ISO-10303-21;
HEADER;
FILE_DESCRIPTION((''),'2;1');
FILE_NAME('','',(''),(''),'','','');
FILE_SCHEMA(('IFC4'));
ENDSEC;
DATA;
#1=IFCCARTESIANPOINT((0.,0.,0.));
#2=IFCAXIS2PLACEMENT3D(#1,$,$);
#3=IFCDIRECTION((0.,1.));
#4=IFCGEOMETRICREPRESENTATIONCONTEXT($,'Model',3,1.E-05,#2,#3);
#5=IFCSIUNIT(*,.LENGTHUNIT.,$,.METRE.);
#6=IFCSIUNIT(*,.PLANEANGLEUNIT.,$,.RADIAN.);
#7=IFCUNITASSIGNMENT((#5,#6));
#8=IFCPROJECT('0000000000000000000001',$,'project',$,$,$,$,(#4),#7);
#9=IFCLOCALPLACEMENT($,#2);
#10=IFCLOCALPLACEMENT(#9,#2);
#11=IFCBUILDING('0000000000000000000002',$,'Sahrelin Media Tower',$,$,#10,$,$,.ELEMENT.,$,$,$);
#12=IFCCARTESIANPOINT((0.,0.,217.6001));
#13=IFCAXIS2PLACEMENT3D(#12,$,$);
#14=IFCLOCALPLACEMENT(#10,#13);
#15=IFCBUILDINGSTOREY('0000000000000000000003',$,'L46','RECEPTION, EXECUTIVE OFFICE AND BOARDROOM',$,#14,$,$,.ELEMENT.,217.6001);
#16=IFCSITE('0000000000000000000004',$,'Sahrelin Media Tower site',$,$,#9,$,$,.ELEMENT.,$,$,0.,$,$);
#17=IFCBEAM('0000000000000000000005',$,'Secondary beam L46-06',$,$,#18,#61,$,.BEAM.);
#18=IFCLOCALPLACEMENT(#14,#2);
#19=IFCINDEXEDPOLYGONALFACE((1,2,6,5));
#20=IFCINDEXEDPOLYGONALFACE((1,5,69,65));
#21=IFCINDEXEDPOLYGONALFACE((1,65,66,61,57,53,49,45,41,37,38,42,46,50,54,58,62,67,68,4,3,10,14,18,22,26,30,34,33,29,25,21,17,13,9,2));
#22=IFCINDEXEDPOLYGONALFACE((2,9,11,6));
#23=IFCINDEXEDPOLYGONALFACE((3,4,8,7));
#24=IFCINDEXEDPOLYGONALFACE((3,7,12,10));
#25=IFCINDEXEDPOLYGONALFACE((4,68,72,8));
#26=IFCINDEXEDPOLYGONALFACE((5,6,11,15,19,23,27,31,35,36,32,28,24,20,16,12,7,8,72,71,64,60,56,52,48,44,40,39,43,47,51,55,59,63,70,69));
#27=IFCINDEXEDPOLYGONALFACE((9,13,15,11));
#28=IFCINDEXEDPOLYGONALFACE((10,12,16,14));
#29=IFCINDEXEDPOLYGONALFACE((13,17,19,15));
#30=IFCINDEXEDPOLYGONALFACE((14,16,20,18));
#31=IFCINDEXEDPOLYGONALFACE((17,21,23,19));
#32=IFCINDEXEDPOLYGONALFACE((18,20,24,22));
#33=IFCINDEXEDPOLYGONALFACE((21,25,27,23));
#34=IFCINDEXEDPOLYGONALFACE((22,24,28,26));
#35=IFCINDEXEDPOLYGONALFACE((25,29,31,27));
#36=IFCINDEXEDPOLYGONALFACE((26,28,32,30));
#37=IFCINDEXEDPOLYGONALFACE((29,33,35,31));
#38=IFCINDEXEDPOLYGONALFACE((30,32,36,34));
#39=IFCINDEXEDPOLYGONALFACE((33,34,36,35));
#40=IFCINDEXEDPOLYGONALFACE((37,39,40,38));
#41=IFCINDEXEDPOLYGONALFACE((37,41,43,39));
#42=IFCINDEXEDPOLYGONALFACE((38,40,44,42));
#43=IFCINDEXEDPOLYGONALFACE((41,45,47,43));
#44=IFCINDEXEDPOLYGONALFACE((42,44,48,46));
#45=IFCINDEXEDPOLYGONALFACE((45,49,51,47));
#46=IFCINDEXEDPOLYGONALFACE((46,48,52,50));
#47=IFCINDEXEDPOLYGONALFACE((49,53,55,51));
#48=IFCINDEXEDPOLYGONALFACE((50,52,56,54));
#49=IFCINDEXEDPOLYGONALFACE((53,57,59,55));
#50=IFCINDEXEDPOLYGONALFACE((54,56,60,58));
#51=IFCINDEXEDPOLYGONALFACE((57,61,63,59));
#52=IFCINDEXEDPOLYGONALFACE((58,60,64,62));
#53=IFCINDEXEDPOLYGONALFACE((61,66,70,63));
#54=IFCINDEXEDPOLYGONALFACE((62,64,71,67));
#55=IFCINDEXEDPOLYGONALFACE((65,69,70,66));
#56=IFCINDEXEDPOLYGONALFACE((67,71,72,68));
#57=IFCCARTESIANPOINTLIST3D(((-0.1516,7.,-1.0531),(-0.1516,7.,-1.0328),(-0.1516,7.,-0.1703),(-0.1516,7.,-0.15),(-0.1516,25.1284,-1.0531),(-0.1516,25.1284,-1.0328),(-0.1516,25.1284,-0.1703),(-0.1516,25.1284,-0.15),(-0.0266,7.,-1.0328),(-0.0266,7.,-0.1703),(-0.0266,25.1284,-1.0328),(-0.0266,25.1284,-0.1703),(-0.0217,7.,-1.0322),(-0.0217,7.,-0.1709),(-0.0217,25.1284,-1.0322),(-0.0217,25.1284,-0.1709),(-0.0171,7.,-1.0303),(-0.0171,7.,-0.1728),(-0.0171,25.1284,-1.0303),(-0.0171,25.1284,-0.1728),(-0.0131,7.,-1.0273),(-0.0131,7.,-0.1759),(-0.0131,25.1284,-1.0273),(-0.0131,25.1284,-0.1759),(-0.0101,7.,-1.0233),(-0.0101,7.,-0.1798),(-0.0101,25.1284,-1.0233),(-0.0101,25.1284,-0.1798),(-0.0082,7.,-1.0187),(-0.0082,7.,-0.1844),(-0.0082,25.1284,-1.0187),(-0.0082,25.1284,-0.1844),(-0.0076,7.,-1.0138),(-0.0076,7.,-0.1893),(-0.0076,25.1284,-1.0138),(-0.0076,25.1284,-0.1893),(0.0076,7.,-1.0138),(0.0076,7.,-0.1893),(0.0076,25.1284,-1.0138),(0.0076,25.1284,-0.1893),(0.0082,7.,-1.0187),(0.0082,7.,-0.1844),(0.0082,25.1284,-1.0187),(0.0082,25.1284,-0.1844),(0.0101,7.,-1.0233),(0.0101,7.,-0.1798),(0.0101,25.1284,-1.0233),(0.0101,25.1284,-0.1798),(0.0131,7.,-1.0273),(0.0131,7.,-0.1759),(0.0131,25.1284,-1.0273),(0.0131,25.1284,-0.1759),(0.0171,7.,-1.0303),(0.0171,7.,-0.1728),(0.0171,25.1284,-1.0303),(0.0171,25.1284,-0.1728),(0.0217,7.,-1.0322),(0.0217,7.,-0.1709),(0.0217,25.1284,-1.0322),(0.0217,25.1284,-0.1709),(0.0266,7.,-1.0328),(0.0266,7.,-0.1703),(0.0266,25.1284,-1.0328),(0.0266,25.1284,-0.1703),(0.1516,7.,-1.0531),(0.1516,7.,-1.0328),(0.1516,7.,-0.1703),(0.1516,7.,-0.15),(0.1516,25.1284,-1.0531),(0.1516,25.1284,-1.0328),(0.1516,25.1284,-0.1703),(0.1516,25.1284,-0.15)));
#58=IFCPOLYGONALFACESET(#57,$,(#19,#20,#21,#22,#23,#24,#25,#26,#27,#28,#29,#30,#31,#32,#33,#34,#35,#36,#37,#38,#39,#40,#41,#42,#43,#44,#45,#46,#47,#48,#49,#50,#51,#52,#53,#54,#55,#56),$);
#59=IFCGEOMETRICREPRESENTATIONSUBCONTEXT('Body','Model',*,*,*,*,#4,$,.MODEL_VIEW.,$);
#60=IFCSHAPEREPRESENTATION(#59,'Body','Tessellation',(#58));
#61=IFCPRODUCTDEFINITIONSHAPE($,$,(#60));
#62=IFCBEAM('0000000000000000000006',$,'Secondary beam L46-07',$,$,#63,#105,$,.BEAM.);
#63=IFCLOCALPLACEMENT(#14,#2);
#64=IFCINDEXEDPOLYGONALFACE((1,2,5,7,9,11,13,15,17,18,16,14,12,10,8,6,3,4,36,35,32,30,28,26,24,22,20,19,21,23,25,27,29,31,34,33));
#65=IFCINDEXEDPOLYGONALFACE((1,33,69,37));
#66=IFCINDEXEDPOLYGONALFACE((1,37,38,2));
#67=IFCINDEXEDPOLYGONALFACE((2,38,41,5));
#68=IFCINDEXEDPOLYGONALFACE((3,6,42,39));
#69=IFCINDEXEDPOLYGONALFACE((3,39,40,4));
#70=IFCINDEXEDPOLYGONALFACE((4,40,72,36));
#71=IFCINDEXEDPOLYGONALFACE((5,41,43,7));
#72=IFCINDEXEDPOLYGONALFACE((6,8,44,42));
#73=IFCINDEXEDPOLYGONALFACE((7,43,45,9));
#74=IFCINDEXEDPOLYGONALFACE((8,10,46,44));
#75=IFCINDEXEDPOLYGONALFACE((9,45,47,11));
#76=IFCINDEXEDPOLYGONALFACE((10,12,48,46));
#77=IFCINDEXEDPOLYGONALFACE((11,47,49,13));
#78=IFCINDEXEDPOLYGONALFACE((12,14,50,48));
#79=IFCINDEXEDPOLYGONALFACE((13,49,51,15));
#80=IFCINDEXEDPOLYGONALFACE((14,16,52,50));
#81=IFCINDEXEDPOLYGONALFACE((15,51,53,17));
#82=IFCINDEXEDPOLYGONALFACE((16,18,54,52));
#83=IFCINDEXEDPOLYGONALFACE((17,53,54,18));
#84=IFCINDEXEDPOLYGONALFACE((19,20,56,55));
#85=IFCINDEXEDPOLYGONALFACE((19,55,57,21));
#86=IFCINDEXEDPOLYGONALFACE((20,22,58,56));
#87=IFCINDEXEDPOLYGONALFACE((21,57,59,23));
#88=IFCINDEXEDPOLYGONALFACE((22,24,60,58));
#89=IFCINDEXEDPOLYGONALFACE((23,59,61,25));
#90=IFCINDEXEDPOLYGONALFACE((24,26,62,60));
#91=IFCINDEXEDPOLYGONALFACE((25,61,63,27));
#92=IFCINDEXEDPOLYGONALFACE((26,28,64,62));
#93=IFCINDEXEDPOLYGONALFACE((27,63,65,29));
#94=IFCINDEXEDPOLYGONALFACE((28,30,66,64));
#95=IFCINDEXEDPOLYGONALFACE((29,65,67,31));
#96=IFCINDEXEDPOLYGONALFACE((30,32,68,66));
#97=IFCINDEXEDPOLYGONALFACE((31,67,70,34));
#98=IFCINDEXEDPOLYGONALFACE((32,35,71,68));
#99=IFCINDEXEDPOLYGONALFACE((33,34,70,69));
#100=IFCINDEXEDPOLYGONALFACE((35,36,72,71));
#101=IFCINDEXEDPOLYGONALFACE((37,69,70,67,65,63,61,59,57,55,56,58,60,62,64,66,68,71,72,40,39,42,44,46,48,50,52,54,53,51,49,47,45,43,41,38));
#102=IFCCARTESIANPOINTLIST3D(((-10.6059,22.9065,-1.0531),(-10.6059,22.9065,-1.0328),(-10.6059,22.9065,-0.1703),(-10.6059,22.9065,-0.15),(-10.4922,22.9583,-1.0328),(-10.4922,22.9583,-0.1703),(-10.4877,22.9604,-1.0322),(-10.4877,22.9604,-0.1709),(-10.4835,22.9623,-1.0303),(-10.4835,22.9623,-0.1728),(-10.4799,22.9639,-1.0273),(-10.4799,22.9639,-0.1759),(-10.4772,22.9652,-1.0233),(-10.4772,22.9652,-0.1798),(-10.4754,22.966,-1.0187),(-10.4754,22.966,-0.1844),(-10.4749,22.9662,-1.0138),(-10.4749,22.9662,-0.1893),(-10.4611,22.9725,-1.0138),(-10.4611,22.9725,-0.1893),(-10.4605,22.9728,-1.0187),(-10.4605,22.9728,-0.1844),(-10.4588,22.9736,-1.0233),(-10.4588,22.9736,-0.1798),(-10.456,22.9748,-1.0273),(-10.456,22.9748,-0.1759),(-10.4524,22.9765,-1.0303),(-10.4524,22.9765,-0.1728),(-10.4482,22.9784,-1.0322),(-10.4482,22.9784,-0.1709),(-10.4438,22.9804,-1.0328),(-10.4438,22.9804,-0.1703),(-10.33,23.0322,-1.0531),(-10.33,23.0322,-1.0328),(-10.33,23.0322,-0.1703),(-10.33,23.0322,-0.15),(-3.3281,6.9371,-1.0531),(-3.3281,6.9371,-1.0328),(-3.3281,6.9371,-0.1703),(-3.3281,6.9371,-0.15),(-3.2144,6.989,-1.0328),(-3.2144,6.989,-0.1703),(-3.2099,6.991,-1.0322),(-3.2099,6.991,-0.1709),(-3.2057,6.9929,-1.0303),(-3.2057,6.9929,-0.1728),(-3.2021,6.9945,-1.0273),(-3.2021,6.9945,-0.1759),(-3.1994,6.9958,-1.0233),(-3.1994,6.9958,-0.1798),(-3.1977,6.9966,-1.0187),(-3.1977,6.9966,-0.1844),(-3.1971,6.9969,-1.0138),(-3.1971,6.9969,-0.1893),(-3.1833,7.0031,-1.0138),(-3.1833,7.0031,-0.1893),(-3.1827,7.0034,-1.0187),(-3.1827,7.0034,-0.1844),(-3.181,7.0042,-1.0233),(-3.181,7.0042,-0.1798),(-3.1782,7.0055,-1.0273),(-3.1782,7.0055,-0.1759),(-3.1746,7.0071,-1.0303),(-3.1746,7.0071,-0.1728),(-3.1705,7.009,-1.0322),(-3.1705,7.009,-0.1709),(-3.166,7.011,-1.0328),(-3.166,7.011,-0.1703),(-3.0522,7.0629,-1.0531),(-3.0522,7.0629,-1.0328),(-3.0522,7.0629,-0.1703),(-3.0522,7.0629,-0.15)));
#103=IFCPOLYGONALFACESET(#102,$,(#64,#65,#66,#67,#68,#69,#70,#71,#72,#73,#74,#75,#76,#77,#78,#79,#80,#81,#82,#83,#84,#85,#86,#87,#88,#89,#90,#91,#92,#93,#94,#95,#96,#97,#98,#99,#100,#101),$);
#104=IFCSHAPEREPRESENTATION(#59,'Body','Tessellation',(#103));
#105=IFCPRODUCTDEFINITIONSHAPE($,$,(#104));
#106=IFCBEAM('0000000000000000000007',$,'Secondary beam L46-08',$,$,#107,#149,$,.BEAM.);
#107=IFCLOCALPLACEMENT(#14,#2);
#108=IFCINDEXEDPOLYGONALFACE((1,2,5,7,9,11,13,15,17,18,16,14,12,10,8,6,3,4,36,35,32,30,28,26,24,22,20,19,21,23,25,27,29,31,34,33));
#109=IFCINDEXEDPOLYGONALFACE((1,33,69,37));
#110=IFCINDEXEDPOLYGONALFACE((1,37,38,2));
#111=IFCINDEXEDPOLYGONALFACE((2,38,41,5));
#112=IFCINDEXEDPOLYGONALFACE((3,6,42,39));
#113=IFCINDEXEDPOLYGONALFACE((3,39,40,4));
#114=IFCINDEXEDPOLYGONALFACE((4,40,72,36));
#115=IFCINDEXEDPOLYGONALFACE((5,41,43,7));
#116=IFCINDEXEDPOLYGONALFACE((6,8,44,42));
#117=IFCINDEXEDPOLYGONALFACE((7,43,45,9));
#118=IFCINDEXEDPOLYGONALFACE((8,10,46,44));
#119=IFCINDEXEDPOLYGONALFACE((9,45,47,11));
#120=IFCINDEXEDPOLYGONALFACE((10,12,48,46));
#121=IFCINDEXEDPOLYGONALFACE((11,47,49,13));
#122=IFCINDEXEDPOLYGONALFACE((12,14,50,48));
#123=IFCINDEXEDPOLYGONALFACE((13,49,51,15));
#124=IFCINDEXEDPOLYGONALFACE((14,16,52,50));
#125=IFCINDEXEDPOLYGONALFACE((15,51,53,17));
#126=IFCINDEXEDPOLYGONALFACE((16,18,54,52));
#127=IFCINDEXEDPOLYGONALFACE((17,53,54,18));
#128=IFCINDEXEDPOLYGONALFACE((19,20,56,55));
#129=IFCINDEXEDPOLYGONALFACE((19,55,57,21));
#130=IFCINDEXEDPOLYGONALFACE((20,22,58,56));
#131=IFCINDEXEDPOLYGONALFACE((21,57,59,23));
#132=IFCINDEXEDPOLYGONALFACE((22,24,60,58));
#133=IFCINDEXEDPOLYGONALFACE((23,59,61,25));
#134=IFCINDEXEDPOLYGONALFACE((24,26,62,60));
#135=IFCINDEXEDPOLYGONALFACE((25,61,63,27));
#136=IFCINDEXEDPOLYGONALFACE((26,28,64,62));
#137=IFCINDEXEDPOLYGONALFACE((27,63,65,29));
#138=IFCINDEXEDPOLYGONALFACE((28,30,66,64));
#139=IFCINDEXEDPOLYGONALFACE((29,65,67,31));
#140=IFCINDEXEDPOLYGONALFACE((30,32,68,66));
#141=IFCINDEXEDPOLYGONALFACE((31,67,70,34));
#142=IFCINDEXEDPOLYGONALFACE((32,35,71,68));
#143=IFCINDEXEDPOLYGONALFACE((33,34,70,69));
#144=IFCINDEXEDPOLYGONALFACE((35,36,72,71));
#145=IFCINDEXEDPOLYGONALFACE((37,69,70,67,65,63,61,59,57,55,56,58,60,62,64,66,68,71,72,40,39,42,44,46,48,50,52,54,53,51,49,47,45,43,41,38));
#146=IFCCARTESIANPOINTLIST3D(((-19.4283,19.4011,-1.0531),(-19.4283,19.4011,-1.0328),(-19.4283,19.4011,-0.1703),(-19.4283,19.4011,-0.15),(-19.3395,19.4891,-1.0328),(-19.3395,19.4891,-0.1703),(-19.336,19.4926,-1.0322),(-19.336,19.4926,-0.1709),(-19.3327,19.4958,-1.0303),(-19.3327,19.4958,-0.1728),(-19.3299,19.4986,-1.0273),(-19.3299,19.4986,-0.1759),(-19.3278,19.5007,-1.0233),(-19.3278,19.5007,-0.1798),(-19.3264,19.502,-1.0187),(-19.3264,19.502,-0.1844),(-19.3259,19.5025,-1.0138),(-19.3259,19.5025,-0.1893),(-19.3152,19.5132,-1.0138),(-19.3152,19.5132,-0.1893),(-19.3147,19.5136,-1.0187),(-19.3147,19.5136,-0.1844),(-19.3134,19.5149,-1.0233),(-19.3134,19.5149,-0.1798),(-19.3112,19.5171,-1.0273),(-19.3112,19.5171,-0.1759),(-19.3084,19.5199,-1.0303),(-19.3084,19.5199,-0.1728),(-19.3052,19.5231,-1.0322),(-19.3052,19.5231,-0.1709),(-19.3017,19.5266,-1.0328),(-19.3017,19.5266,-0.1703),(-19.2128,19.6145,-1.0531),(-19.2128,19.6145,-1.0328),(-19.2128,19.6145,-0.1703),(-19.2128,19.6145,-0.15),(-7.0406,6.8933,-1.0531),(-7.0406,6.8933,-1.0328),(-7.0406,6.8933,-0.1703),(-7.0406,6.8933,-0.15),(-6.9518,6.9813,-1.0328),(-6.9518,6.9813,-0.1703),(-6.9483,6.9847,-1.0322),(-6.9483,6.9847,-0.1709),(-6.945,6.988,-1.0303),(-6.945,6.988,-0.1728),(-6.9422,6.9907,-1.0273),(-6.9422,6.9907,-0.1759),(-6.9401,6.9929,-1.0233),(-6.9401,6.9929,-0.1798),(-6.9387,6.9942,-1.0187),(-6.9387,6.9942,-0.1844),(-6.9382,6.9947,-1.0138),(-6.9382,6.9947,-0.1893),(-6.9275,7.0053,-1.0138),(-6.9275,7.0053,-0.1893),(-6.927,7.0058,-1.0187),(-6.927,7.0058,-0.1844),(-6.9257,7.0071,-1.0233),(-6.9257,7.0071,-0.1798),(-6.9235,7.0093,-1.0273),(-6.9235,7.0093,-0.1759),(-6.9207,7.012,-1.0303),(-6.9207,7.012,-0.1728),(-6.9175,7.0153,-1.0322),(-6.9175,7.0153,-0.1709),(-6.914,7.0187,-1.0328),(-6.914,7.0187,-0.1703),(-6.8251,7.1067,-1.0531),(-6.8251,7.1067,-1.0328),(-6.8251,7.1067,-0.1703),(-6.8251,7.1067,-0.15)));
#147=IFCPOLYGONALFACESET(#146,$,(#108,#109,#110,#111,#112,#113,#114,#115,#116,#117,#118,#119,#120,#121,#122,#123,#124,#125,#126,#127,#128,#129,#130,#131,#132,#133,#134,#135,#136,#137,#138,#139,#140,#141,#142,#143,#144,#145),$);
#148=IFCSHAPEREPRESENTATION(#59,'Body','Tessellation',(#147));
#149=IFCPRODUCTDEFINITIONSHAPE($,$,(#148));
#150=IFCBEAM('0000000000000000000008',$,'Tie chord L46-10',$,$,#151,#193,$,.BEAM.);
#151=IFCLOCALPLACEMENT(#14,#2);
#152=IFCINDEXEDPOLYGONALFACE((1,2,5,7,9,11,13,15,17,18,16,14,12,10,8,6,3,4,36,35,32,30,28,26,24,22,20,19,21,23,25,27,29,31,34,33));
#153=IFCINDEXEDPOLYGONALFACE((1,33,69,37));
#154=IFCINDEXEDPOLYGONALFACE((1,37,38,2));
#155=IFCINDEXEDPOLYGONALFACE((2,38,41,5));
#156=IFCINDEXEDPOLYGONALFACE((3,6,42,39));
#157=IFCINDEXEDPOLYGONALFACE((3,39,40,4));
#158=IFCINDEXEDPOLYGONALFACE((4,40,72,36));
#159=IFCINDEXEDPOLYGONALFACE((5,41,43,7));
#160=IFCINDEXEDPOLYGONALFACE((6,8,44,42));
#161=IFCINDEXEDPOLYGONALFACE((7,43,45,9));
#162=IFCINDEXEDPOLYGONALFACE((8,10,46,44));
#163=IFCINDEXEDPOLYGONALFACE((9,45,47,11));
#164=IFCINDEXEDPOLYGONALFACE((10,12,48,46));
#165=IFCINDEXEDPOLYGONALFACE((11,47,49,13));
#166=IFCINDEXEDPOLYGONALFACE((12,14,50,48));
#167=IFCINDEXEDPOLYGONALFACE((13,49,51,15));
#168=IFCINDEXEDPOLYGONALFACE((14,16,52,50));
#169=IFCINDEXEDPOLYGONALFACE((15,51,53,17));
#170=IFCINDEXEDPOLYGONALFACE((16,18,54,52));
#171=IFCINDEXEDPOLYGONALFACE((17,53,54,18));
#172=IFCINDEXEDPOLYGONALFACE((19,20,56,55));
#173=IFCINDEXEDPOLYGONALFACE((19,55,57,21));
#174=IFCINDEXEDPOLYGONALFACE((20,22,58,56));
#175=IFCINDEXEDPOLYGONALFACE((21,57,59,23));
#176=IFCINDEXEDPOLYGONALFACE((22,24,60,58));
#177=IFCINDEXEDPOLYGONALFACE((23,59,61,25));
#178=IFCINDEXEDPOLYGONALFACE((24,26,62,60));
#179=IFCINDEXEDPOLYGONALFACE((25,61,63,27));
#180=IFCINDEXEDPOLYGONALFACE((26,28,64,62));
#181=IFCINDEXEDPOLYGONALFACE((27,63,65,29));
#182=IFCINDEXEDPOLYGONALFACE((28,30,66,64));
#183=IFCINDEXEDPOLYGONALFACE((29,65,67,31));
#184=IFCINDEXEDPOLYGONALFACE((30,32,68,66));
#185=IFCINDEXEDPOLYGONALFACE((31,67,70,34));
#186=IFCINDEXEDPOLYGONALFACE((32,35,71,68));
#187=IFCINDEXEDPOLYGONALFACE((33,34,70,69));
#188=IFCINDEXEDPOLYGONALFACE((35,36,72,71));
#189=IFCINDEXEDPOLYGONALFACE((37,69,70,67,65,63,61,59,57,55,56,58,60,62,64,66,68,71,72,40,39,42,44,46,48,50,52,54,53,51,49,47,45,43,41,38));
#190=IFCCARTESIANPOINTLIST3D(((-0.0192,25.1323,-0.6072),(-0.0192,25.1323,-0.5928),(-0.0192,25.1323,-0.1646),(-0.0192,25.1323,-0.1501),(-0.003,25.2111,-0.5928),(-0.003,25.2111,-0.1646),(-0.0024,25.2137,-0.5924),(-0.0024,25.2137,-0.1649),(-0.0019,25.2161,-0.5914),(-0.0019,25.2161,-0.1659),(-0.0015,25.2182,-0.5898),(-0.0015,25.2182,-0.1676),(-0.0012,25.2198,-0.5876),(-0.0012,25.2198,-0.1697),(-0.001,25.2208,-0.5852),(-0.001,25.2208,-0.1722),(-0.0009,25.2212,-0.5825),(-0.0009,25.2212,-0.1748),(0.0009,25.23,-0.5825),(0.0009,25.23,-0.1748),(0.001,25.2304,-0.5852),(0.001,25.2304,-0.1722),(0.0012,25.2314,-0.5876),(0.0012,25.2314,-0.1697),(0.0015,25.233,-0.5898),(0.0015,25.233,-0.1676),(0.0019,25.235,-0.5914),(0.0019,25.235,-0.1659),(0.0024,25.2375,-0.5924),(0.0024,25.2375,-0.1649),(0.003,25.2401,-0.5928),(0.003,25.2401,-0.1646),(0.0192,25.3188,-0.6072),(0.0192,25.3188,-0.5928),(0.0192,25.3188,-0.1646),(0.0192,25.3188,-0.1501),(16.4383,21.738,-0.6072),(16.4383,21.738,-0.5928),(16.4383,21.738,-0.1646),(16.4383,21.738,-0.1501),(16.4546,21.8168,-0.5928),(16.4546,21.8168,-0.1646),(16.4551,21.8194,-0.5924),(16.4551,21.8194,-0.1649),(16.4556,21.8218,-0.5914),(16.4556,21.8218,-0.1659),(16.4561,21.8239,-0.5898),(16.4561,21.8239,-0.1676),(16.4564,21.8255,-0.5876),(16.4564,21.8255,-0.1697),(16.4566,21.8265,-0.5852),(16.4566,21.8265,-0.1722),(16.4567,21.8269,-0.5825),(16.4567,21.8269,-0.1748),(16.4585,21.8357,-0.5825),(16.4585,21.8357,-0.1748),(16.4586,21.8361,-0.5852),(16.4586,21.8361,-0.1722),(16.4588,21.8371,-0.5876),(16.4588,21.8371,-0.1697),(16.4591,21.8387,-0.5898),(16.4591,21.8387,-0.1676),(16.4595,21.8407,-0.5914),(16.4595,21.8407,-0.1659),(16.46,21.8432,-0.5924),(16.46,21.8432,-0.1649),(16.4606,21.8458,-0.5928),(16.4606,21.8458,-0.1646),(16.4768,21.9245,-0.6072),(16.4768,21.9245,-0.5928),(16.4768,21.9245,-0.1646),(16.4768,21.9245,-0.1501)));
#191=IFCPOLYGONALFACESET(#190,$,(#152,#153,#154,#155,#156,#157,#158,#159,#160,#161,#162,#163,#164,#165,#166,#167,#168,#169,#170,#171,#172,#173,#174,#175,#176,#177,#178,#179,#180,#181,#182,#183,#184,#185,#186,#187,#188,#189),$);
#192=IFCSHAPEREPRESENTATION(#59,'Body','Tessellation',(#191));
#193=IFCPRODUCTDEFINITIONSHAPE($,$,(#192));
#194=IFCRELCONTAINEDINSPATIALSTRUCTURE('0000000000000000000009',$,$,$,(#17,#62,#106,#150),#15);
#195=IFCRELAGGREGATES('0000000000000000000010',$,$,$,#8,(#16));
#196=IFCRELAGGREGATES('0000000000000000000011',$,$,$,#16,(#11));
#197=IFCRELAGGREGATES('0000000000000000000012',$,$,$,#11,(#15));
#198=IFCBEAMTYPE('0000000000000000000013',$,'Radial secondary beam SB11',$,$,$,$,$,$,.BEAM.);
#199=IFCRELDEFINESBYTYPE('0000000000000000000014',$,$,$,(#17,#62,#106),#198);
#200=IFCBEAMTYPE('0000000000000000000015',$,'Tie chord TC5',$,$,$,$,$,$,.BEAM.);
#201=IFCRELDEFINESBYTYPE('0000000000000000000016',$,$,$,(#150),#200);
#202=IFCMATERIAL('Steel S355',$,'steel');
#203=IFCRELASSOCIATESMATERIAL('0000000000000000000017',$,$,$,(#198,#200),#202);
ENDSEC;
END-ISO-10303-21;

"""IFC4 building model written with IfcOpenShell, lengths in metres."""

from ifc_helpers import new_model, si_unit, direction, frame, origin, origin_2d, place, context, subcontext, project, spatial, i_section, extrude, material, material_profile, profile_set, type_object, element, save


model = new_model("IFC4")

# Units and contexts
model_context = context("Model", 3, precision=1e-05, world=origin(), true_north=direction((0.0, 1.0)))
body_context = subcontext(model_context, "Body", "Model", "MODEL_VIEW")
ifc_project = project(units=[si_unit("LENGTHUNIT", "METRE"), si_unit("PLANEANGLEUNIT", "RADIAN")], contexts=[model_context])

# Site, building, storey
site_placement = place(None, origin())
site = spatial("IfcSite", under=ifc_project, at=site_placement, Name="Sahrelin Media Tower site", CompositionType="ELEMENT", RefElevation=0.0)
building_placement = place(site_placement, origin())
building = spatial("IfcBuilding", under=site, at=building_placement, Name="Sahrelin Media Tower", CompositionType="ELEMENT")
storey_placement = place(building_placement, frame((0.0, 0.0, 217.6001)))
storey = spatial("IfcBuildingStorey", under=building, at=storey_placement, Name="L46", Description="RECEPTION, EXECUTIVE OFFICE AND BOARDROOM", CompositionType="ELEMENT", Elevation=217.6001)

# Shared definitions
ifc_material_1 = material(Name="Steel S355", Category="steel")

# Beams
ifc_material_profile_1 = material_profile(ifc_material_1, i_section(OverallWidth=0.3032, OverallDepth=0.9031, WebThickness=0.0151, FlangeThickness=0.0203, FilletRadius=0.019, at=origin_2d()), Name="UB 914x305x201")
ifc_profile_set_1 = profile_set([ifc_material_profile_1], Name="Steel S355")
beam_type_1 = type_object("IfcBeamType", Name="Radial secondary beam SB11", PredefinedType="BEAM", material=ifc_profile_set_1)
beam_1_placement = place(storey_placement, frame((0.0, 7.0, -0.6016), z_axis=(0.0, 1.0, 0.0), x_axis=(-1.0, 0.0, 0.0)))
element("IfcBeam", 1, at=beam_1_placement, inside=storey, type_object=beam_type_1, Name="Secondary beam L46-06", PredefinedType="BEAM", context=body_context, shape_type="SweptSolid", body=[
    extrude(i_section(OverallWidth=0.3032, OverallDepth=0.9031, WebThickness=0.0151, FlangeThickness=0.0203, FilletRadius=0.019, at=origin_2d()), origin(), (0.0, 0.0, 1.0), 18.1284),
])
beam_2_placement = place(storey_placement, frame((-3.1902, 7.0, -0.6016), z_axis=(-0.414699, 0.909959, 0.0), x_axis=(-0.909959, -0.414699, 0.0)))
element("IfcBeam", 2, at=beam_2_placement, inside=storey, type_object=beam_type_1, Name="Secondary beam L46-07", PredefinedType="BEAM", context=body_context, shape_type="SweptSolid", body=[
    extrude(i_section(OverallWidth=0.3032, OverallDepth=0.9031, WebThickness=0.0151, FlangeThickness=0.0203, FilletRadius=0.019, at=origin_2d()), origin(), (0.0, 0.0, 1.0), 17.5496),
])
beam_3_placement = place(storey_placement, frame((-6.9329, 7.0, -0.6016), z_axis=(-0.703687, 0.71051, 0.0), x_axis=(-0.71051, -0.703687, 0.0)))
element("IfcBeam", 3, at=beam_3_placement, inside=storey, type_object=beam_type_1, Name="Secondary beam L46-08", PredefinedType="BEAM", context=body_context, shape_type="SweptSolid", body=[
    extrude(i_section(OverallWidth=0.3032, OverallDepth=0.9031, WebThickness=0.0151, FlangeThickness=0.0203, FilletRadius=0.019, at=origin_2d()), origin(), (0.0, 0.0, 1.0), 17.604),
])
ifc_material_profile_2 = material_profile(ifc_material_1, i_section(OverallWidth=0.1904, OverallDepth=0.457, WebThickness=0.009, FlangeThickness=0.0144, FilletRadius=0.0103, at=origin_2d()), Name="UB 457x191x74")
ifc_profile_set_2 = profile_set([ifc_material_profile_2], Name="Steel S355")
beam_type_2 = type_object("IfcBeamType", Name="Tie chord TC5", PredefinedType="BEAM", material=ifc_profile_set_2)
beam_4_placement = place(storey_placement, frame((0.0, 25.2256, -0.3787), z_axis=(0.979387, -0.201994, 0.0), x_axis=(0.201994, 0.979387, 0.0)))
element("IfcBeam", 4, at=beam_4_placement, inside=storey, type_object=beam_type_2, Name="Tie chord L46-10", PredefinedType="BEAM", context=body_context, shape_type="SweptSolid", body=[
    extrude(i_section(OverallWidth=0.1904, OverallDepth=0.457, WebThickness=0.009, FlangeThickness=0.0144, FilletRadius=0.0103, at=origin_2d()), origin(), (0.0, 0.0, 1.0), 16.804),
])

save(model, "model.ifc")
